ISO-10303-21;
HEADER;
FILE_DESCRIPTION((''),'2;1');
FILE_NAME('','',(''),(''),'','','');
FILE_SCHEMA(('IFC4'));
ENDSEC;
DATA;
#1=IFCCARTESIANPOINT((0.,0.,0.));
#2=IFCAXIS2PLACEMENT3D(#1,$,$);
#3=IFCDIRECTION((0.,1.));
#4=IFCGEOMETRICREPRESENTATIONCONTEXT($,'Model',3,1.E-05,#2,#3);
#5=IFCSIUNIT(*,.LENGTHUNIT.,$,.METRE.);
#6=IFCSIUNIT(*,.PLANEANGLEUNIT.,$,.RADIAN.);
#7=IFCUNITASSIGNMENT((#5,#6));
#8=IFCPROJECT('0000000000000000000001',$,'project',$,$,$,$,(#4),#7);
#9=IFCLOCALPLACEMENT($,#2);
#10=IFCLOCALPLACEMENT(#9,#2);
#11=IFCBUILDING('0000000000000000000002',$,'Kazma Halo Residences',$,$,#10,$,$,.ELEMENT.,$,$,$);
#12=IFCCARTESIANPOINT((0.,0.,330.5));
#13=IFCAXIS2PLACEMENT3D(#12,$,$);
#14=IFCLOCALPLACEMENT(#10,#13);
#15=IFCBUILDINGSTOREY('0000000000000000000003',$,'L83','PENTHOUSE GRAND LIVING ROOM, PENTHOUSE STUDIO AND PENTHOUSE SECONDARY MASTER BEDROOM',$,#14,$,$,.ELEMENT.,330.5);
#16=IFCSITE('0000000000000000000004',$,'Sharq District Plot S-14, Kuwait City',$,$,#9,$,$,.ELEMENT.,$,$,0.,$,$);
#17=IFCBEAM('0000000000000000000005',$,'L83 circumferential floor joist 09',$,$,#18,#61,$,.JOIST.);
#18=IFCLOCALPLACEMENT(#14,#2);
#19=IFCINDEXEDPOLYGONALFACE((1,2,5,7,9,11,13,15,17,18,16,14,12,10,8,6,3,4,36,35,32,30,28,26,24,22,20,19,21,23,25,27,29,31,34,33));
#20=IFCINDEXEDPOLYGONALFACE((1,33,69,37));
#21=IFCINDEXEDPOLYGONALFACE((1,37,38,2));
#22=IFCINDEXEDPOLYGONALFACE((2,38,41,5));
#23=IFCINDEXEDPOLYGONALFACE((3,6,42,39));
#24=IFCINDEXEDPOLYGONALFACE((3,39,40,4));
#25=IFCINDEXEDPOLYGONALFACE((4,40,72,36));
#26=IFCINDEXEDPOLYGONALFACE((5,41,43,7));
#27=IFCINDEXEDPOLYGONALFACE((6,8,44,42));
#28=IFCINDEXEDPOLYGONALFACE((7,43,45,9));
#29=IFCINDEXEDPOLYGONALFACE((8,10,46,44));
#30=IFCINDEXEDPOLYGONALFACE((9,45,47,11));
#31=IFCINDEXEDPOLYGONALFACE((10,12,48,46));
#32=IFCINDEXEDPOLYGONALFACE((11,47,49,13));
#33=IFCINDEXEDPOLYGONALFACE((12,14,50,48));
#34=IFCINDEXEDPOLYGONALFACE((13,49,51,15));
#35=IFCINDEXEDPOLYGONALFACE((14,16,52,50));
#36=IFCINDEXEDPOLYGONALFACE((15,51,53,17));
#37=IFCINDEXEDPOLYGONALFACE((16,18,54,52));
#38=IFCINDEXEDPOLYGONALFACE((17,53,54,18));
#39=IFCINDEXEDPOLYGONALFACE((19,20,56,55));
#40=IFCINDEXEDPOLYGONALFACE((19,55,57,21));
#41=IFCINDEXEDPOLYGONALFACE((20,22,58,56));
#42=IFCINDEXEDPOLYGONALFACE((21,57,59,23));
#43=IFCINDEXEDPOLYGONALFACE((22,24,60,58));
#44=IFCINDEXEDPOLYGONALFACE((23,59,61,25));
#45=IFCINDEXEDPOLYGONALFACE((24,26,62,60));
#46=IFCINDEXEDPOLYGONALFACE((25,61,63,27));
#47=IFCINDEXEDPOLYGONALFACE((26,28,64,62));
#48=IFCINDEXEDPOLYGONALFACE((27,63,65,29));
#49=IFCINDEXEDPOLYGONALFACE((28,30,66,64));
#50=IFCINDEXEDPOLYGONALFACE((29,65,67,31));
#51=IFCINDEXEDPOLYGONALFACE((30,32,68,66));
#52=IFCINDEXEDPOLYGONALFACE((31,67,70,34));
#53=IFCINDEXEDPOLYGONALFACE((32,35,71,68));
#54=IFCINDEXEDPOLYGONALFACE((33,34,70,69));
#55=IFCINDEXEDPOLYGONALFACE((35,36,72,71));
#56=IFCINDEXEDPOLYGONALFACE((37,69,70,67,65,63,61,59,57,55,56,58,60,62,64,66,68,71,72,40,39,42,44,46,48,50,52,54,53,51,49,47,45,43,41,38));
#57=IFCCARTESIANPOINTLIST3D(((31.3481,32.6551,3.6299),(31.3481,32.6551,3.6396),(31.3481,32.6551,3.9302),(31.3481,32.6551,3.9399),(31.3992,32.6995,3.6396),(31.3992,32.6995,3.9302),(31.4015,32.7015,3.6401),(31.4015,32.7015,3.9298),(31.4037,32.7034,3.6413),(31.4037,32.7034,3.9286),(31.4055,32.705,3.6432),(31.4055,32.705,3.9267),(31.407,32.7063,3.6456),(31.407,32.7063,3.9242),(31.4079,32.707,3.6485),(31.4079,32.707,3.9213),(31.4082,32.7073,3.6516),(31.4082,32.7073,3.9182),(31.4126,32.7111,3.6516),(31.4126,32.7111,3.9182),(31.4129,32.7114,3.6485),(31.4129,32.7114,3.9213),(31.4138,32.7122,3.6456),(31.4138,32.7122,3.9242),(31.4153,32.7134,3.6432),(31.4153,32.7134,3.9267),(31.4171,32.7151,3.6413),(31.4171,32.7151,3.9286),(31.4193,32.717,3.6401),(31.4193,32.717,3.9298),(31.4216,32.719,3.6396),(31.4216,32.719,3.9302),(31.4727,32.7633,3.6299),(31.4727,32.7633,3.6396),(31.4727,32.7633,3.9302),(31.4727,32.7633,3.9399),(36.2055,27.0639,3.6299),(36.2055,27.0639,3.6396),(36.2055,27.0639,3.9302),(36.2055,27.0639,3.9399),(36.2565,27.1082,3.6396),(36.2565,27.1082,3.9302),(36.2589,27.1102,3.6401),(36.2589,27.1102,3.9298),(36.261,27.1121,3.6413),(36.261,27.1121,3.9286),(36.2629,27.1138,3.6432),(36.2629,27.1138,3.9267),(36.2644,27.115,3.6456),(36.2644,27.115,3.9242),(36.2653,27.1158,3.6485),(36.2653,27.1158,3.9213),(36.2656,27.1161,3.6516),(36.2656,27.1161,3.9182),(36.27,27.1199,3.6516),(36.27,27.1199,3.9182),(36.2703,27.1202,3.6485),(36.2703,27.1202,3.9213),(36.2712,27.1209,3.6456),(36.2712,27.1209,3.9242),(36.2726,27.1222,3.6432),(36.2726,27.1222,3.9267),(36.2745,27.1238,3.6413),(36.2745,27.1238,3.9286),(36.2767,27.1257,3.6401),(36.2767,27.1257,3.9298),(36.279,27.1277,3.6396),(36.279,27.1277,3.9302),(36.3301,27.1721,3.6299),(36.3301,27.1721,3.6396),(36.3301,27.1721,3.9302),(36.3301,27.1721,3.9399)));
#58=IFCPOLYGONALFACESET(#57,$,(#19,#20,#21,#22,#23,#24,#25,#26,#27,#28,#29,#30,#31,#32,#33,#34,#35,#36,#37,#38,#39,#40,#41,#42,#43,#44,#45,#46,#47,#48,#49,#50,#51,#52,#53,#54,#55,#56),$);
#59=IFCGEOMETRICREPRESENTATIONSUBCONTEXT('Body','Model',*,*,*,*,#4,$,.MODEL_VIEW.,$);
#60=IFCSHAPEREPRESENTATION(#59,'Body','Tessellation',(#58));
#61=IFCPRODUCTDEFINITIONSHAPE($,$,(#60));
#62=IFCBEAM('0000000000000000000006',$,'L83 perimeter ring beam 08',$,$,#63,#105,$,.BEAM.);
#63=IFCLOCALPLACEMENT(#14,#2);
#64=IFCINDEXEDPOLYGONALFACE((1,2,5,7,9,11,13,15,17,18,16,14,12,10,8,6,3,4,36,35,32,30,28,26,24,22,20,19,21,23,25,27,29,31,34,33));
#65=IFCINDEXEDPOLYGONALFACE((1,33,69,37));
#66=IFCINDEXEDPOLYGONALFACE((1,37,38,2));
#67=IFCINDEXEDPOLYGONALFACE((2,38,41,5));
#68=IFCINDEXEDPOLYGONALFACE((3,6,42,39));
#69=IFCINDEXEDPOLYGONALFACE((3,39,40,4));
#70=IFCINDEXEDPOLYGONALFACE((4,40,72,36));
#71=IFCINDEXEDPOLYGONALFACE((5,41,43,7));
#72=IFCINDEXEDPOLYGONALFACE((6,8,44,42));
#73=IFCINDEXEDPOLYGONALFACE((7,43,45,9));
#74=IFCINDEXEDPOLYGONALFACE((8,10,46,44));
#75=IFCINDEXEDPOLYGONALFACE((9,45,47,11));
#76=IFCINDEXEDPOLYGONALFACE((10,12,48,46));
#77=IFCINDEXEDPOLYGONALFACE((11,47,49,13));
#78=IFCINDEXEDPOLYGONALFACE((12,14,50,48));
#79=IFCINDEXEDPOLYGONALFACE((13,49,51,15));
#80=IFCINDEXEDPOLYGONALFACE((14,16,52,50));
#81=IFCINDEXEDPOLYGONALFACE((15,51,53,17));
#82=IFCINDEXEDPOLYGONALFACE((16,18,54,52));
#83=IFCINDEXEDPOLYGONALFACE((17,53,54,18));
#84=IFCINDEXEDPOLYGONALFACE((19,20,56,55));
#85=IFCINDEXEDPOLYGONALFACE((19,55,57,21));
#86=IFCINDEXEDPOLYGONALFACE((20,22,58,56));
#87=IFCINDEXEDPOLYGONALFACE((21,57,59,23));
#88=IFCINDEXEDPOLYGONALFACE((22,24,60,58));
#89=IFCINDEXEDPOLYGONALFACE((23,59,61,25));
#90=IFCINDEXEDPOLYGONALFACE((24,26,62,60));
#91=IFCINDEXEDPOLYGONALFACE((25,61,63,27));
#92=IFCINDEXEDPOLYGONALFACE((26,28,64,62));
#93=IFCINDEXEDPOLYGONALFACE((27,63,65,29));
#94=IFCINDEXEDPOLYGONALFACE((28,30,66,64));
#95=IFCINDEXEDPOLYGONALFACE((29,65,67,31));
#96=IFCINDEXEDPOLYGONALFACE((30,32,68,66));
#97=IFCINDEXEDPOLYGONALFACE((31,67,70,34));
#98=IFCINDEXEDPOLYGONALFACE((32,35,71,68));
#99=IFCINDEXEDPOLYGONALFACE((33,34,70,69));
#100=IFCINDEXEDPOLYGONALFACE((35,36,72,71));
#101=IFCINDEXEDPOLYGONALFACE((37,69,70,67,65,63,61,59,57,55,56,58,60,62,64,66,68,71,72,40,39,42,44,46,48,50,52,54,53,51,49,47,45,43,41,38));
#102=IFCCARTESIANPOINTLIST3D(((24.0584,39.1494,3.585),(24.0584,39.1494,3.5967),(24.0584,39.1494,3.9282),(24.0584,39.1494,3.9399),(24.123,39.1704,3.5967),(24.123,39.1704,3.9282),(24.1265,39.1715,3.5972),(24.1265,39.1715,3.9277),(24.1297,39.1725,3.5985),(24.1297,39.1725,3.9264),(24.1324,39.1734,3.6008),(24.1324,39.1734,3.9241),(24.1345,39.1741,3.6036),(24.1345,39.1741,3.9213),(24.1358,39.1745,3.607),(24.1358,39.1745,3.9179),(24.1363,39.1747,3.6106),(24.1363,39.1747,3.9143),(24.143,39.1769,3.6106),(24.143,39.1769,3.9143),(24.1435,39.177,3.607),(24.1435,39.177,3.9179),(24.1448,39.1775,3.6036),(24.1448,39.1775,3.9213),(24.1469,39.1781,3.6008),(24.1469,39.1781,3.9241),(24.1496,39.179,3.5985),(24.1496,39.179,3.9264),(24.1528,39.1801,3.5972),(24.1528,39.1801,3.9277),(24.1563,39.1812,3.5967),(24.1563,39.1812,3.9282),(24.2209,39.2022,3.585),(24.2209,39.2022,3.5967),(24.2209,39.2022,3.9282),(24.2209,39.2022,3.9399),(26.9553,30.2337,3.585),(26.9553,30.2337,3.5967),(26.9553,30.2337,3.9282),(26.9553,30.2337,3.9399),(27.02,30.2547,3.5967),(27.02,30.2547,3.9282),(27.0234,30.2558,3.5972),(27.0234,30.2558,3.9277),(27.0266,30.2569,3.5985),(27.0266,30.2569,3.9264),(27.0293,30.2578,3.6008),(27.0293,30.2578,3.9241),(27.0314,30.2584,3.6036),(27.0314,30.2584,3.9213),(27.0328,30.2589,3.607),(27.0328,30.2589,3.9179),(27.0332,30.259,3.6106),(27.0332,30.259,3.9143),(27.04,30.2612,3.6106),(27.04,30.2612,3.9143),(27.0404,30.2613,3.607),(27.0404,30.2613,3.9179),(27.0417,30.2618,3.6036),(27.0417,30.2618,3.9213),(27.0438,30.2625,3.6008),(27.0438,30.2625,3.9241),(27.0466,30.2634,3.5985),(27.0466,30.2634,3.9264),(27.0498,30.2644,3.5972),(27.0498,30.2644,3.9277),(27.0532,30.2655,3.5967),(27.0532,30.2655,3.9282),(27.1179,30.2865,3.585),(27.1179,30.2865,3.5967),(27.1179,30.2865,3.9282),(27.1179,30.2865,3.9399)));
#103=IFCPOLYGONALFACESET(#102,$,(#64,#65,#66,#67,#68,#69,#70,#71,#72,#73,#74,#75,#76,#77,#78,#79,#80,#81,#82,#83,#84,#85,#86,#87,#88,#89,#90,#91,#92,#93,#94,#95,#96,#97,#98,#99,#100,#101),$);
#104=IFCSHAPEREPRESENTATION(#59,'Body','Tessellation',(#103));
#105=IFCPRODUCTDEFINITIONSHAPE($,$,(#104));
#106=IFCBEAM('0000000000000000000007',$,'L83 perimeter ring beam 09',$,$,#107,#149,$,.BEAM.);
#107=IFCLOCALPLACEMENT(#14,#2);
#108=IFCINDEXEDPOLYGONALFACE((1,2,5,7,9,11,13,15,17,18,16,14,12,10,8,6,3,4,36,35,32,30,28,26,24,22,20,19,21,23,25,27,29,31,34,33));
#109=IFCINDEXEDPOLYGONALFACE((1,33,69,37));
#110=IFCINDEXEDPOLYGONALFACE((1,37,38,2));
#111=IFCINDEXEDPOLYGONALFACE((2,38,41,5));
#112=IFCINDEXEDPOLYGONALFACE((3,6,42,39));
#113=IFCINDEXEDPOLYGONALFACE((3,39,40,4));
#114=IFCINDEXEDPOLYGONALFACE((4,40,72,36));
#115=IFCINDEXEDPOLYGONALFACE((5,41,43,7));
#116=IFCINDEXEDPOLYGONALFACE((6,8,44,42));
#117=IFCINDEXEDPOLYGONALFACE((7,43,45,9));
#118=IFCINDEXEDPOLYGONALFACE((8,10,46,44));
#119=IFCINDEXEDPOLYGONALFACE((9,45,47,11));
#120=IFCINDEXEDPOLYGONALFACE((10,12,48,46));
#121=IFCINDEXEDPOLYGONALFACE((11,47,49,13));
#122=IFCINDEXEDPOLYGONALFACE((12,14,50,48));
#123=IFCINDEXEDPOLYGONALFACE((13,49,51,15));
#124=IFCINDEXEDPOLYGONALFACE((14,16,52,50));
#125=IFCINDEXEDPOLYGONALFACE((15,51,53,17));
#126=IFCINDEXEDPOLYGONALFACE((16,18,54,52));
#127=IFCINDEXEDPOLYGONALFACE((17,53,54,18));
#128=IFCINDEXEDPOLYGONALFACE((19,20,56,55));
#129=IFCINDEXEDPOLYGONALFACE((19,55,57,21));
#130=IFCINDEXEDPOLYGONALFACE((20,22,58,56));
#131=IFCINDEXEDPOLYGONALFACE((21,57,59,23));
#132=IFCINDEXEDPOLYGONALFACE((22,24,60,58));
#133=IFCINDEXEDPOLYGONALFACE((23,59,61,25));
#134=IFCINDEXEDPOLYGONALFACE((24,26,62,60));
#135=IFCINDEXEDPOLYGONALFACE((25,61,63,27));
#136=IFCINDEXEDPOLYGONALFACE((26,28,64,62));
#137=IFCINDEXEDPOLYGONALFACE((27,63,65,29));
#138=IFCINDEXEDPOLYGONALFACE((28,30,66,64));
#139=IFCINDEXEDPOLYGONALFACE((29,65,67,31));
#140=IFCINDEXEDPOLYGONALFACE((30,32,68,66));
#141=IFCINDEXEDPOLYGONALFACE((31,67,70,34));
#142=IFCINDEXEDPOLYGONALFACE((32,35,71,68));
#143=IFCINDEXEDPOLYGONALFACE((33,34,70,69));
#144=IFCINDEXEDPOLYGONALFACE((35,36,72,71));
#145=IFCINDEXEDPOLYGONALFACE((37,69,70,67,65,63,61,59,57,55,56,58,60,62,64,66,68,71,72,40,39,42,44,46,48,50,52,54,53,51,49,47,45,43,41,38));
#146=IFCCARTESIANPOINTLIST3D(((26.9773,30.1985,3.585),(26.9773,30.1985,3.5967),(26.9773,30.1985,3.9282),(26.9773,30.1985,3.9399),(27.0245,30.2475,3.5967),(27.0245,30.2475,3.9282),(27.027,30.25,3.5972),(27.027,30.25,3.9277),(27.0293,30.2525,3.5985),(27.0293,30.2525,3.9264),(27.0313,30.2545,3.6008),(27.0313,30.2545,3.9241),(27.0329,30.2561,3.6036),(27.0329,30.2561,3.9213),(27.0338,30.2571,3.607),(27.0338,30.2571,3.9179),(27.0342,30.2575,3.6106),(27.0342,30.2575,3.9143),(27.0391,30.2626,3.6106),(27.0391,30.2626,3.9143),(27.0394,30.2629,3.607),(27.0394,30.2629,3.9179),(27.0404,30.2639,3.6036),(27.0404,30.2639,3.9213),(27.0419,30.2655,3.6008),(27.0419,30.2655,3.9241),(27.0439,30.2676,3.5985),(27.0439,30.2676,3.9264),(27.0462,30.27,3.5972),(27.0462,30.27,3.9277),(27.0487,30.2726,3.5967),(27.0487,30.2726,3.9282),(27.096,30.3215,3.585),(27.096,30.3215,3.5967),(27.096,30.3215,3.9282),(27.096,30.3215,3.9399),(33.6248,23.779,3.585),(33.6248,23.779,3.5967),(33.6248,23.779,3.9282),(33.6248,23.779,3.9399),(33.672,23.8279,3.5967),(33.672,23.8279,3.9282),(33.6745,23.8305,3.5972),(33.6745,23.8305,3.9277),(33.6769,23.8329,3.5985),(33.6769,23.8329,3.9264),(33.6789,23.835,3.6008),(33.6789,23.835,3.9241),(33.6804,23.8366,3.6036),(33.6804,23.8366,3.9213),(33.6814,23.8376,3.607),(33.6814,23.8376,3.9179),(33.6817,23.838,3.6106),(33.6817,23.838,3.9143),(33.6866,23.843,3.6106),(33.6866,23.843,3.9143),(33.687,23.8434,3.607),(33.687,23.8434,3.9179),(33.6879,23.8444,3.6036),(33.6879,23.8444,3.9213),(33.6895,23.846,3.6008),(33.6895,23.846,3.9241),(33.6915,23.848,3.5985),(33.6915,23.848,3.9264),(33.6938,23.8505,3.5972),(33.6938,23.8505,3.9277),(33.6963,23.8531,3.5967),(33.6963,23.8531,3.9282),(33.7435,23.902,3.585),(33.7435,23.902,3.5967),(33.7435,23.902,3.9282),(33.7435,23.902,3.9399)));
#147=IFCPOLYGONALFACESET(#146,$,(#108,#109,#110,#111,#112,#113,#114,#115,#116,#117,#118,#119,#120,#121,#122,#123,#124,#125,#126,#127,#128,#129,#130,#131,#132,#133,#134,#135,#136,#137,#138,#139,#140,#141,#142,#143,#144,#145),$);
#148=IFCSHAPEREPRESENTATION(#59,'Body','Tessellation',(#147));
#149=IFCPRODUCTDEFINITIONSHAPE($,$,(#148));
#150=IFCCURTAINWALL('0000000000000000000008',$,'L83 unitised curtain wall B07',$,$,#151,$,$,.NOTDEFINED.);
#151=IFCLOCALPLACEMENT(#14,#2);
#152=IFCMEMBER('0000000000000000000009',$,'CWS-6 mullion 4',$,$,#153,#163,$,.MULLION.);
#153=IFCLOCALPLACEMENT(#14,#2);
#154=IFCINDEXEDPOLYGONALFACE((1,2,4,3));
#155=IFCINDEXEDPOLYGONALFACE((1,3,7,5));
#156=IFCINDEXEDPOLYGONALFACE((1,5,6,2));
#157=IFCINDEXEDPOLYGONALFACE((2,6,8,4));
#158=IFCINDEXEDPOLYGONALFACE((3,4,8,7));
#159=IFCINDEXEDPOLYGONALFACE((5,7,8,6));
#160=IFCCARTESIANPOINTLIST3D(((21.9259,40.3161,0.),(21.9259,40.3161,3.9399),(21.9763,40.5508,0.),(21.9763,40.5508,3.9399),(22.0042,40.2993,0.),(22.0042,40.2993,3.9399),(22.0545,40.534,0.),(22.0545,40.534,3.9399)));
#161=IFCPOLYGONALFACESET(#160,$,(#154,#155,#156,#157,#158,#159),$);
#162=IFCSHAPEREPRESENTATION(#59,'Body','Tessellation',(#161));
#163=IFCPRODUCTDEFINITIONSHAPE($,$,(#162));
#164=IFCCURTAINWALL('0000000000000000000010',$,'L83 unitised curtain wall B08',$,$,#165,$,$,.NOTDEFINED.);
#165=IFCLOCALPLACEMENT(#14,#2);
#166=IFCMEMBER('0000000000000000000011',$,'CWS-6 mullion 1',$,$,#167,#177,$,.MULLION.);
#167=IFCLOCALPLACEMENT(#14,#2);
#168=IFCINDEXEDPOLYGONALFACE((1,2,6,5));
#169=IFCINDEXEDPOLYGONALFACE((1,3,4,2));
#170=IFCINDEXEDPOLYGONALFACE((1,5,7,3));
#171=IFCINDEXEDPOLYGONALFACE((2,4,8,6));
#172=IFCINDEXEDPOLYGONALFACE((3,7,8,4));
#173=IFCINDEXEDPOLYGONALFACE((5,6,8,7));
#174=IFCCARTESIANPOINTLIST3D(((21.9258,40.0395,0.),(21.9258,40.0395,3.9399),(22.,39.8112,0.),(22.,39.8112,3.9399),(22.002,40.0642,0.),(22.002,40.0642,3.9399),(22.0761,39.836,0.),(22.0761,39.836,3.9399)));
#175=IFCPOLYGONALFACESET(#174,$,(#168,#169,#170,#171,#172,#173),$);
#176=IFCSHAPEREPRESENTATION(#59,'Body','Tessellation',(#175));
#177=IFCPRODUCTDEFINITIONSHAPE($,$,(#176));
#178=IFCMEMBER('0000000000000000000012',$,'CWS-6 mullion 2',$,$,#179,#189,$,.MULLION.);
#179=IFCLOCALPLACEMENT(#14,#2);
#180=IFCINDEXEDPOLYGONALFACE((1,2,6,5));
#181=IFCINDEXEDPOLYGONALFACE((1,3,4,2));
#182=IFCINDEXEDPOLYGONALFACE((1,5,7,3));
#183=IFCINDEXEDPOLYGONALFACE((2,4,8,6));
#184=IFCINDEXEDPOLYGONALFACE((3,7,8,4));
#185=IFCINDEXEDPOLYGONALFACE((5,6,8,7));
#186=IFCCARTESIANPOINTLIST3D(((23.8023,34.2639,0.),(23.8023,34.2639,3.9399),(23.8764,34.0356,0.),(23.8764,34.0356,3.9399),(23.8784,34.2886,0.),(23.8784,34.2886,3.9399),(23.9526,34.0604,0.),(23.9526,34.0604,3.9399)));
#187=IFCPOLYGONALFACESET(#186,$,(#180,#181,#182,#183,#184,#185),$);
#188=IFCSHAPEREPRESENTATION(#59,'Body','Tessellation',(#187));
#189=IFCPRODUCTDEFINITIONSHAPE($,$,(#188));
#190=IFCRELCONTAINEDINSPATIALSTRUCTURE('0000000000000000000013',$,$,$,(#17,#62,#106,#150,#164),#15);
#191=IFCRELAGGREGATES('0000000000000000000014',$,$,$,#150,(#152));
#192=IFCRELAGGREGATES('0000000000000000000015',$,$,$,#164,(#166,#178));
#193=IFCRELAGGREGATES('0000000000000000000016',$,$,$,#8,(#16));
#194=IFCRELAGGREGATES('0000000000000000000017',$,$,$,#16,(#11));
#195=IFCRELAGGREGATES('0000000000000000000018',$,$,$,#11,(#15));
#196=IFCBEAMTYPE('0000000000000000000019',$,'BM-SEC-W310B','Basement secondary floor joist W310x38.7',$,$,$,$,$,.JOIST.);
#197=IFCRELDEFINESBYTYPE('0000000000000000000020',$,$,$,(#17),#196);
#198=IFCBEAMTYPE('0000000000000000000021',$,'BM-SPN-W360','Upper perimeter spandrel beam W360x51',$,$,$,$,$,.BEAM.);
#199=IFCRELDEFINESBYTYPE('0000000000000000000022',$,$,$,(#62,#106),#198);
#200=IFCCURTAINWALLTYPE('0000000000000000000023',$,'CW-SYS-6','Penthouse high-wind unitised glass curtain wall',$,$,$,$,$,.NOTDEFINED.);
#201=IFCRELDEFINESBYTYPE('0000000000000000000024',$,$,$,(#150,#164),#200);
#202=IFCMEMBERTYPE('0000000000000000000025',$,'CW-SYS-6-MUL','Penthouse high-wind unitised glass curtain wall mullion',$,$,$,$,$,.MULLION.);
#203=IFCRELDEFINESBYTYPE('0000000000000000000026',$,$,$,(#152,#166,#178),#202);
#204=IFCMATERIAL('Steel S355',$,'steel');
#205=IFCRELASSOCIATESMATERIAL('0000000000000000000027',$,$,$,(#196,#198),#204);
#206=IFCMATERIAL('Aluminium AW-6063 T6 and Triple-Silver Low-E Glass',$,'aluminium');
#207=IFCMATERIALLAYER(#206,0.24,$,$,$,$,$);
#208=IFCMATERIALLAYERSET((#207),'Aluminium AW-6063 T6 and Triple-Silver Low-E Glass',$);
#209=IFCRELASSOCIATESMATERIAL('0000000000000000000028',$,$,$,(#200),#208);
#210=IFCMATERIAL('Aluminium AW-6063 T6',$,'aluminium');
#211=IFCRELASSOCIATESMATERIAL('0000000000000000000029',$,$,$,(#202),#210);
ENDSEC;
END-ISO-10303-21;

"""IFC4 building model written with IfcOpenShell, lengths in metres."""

from ifc_helpers import new_model, si_unit, direction, frame, origin, origin_2d, place, context, subcontext, project, spatial, rectangle, i_section, extrude, material, layer, layer_set, material_profile, profile_set, type_object, element, aggregate, save


model = new_model("IFC4")

# Units and contexts
model_context = context("Model", 3, precision=1e-05, world=origin(), true_north=direction((0.0, 1.0)))
body_context = subcontext(model_context, "Body", "Model", "MODEL_VIEW")
ifc_project = project(units=[si_unit("LENGTHUNIT", "METRE"), si_unit("PLANEANGLEUNIT", "RADIAN")], contexts=[model_context])

# Site, building, storey
site_placement = place(None, origin())
site = spatial("IfcSite", under=ifc_project, at=site_placement, Name="Sharq District Plot S-14, Kuwait City", CompositionType="ELEMENT", RefElevation=0.0)
building_placement = place(site_placement, origin())
building = spatial("IfcBuilding", under=site, at=building_placement, Name="Kazma Halo Residences", CompositionType="ELEMENT")
storey_placement = place(building_placement, frame((0.0, 0.0, 330.5)))
storey = spatial("IfcBuildingStorey", under=building, at=storey_placement, Name="L83", Description="PENTHOUSE GRAND LIVING ROOM, PENTHOUSE STUDIO AND PENTHOUSE SECONDARY MASTER BEDROOM", CompositionType="ELEMENT", Elevation=330.5)

# Beams
ifc_material_1 = material(Name="Steel S355", Category="steel")
ifc_material_profile_1 = material_profile(ifc_material_1, i_section(OverallWidth=0.165, OverallDepth=0.3101, WebThickness=0.0059, FlangeThickness=0.0098, FilletRadius=0.012, at=origin_2d()), Name="W310x38.7")
ifc_profile_set_1 = profile_set([ifc_material_profile_1], Name="Steel S355")
beam_type_1 = type_object("IfcBeamType", Name="BM-SEC-W310B", Description="Basement secondary floor joist W310x38.7", PredefinedType="JOIST", material=ifc_profile_set_1)
beam_1_placement = place(storey_placement, frame((31.4104, 32.7092, 3.7849), z_axis=(0.655826, -0.754912, 0.0), x_axis=(0.754912, 0.655826, 0.0)))
element("IfcBeam", 1, at=beam_1_placement, inside=storey, type_object=beam_type_1, Name="L83 circumferential floor joist 09", PredefinedType="JOIST", context=body_context, shape_type="SweptSolid", body=[
    extrude(i_section(OverallWidth=0.165, OverallDepth=0.3101, WebThickness=0.0059, FlangeThickness=0.0098, FilletRadius=0.012, at=origin_2d()), origin(), (0.0, 0.0, 1.0), 7.4065),
])
ifc_material_profile_2 = material_profile(ifc_material_1, i_section(OverallWidth=0.1709, OverallDepth=0.355, WebThickness=0.0071, FlangeThickness=0.0117, FilletRadius=0.0139, at=origin_2d()), Name="W360x51")
ifc_profile_set_2 = profile_set([ifc_material_profile_2], Name="Steel S355")
beam_type_2 = type_object("IfcBeamType", Name="BM-SPN-W360", Description="Upper perimeter spandrel beam W360x51", PredefinedType="BEAM", material=ifc_profile_set_2)
beam_2_placement = place(storey_placement, frame((24.1396, 39.1758, 3.7625), z_axis=(0.309023, -0.951055, 0.0), x_axis=(0.951055, 0.309023, 0.0)))
element("IfcBeam", 2, at=beam_2_placement, inside=storey, type_object=beam_type_2, Name="L83 perimeter ring beam 08", PredefinedType="BEAM", context=body_context, shape_type="SweptSolid", body=[
    extrude(i_section(OverallWidth=0.1709, OverallDepth=0.355, WebThickness=0.0071, FlangeThickness=0.0117, FilletRadius=0.0139, at=origin_2d()), origin(), (0.0, 0.0, 1.0), 9.3745),
])
beam_3_placement = place(storey_placement, frame((27.0366, 30.26, 3.7625), z_axis=(0.719337, -0.694661, 0.0), x_axis=(0.694661, 0.719337, 0.0)))
element("IfcBeam", 3, at=beam_3_placement, inside=storey, type_object=beam_type_2, Name="L83 perimeter ring beam 09", PredefinedType="BEAM", context=body_context, shape_type="SweptSolid", body=[
    extrude(i_section(OverallWidth=0.1709, OverallDepth=0.355, WebThickness=0.0071, FlangeThickness=0.0117, FilletRadius=0.0139, at=origin_2d()), origin(), (0.0, 0.0, 1.0), 9.2412),
])

# Curtain wall, member
ifc_material_2 = material(Name="Aluminium AW-6063 T6 and Triple-Silver Low-E Glass", Category="aluminium")
ifc_layer_1 = layer(ifc_material_2, 0.24)
ifc_layer_set_1 = layer_set([ifc_layer_1], Name="Aluminium AW-6063 T6 and Triple-Silver Low-E Glass")
curtain_wall_type = type_object("IfcCurtainWallType", Name="CW-SYS-6", Description="Penthouse high-wind unitised glass curtain wall", PredefinedType="NOTDEFINED", material=ifc_layer_set_1)
curtain_wall_1_placement = place(storey_placement, origin())
curtain_wall_1 = element("IfcCurtainWall", 4, at=curtain_wall_1_placement, inside=storey, type_object=curtain_wall_type, Name="L83 unitised curtain wall B07", PredefinedType="NOTDEFINED")
ifc_material_3 = material(Name="Aluminium AW-6063 T6", Category="aluminium")
ifc_material_profile_3 = material_profile(ifc_material_3, rectangle(XDim=0.0801, YDim=0.24, at=origin_2d()), Name="CWM-80x240")
ifc_profile_set_3 = profile_set([ifc_material_profile_3], Name="Aluminium AW-6063 T6")
member_type_1 = type_object("IfcMemberType", Name="CW-SYS-6-MUL", Description="Penthouse high-wind unitised glass curtain wall mullion", PredefinedType="MULLION", material=ifc_profile_set_3)
member_1_placement = place(storey_placement, frame((21.9902, 40.425, 0.0), z_axis=(0.0, 0.0, 1.0), x_axis=(0.977761, -0.209723, 0.0)))
member_1 = element("IfcMember", 5, at=member_1_placement, type_object=member_type_1, Name="CWS-6 mullion 4", PredefinedType="MULLION", context=body_context, shape_type="SweptSolid", body=[
    extrude(rectangle(XDim=0.0801, YDim=0.24, at=origin_2d()), origin(), (0.0, 0.0, 1.0), 3.9399),
])
aggregate(curtain_wall_1, [member_1])

# Curtain wall, members
curtain_wall_2_placement = place(storey_placement, origin())
curtain_wall_2 = element("IfcCurtainWall", 6, at=curtain_wall_2_placement, inside=storey, type_object=curtain_wall_type, Name="L83 unitised curtain wall B08", PredefinedType="NOTDEFINED")
member_2_placement = place(storey_placement, frame((22.001, 39.9377, 0.0), z_axis=(0.0, 0.0, 1.0), x_axis=(0.951056, 0.309019, 0.0)))
member_2 = element("IfcMember", 7, at=member_2_placement, type_object=member_type_1, Name="CWS-6 mullion 1", PredefinedType="MULLION", context=body_context, shape_type="SweptSolid", body=[
    extrude(rectangle(XDim=0.0801, YDim=0.24, at=origin_2d()), origin(), (0.0, 0.0, 1.0), 3.9399),
])
member_3_placement = place(storey_placement, frame((23.8774, 34.1621, 0.0), z_axis=(0.0, 0.0, 1.0), x_axis=(0.951056, 0.309019, 0.0)))
member_3 = element("IfcMember", 8, at=member_3_placement, type_object=member_type_1, Name="CWS-6 mullion 2", PredefinedType="MULLION", context=body_context, shape_type="SweptSolid", body=[
    extrude(rectangle(XDim=0.0801, YDim=0.24, at=origin_2d()), origin(), (0.0, 0.0, 1.0), 3.9399),
])
aggregate(curtain_wall_2, [member_2, member_3])

save(model, "model.ifc")
